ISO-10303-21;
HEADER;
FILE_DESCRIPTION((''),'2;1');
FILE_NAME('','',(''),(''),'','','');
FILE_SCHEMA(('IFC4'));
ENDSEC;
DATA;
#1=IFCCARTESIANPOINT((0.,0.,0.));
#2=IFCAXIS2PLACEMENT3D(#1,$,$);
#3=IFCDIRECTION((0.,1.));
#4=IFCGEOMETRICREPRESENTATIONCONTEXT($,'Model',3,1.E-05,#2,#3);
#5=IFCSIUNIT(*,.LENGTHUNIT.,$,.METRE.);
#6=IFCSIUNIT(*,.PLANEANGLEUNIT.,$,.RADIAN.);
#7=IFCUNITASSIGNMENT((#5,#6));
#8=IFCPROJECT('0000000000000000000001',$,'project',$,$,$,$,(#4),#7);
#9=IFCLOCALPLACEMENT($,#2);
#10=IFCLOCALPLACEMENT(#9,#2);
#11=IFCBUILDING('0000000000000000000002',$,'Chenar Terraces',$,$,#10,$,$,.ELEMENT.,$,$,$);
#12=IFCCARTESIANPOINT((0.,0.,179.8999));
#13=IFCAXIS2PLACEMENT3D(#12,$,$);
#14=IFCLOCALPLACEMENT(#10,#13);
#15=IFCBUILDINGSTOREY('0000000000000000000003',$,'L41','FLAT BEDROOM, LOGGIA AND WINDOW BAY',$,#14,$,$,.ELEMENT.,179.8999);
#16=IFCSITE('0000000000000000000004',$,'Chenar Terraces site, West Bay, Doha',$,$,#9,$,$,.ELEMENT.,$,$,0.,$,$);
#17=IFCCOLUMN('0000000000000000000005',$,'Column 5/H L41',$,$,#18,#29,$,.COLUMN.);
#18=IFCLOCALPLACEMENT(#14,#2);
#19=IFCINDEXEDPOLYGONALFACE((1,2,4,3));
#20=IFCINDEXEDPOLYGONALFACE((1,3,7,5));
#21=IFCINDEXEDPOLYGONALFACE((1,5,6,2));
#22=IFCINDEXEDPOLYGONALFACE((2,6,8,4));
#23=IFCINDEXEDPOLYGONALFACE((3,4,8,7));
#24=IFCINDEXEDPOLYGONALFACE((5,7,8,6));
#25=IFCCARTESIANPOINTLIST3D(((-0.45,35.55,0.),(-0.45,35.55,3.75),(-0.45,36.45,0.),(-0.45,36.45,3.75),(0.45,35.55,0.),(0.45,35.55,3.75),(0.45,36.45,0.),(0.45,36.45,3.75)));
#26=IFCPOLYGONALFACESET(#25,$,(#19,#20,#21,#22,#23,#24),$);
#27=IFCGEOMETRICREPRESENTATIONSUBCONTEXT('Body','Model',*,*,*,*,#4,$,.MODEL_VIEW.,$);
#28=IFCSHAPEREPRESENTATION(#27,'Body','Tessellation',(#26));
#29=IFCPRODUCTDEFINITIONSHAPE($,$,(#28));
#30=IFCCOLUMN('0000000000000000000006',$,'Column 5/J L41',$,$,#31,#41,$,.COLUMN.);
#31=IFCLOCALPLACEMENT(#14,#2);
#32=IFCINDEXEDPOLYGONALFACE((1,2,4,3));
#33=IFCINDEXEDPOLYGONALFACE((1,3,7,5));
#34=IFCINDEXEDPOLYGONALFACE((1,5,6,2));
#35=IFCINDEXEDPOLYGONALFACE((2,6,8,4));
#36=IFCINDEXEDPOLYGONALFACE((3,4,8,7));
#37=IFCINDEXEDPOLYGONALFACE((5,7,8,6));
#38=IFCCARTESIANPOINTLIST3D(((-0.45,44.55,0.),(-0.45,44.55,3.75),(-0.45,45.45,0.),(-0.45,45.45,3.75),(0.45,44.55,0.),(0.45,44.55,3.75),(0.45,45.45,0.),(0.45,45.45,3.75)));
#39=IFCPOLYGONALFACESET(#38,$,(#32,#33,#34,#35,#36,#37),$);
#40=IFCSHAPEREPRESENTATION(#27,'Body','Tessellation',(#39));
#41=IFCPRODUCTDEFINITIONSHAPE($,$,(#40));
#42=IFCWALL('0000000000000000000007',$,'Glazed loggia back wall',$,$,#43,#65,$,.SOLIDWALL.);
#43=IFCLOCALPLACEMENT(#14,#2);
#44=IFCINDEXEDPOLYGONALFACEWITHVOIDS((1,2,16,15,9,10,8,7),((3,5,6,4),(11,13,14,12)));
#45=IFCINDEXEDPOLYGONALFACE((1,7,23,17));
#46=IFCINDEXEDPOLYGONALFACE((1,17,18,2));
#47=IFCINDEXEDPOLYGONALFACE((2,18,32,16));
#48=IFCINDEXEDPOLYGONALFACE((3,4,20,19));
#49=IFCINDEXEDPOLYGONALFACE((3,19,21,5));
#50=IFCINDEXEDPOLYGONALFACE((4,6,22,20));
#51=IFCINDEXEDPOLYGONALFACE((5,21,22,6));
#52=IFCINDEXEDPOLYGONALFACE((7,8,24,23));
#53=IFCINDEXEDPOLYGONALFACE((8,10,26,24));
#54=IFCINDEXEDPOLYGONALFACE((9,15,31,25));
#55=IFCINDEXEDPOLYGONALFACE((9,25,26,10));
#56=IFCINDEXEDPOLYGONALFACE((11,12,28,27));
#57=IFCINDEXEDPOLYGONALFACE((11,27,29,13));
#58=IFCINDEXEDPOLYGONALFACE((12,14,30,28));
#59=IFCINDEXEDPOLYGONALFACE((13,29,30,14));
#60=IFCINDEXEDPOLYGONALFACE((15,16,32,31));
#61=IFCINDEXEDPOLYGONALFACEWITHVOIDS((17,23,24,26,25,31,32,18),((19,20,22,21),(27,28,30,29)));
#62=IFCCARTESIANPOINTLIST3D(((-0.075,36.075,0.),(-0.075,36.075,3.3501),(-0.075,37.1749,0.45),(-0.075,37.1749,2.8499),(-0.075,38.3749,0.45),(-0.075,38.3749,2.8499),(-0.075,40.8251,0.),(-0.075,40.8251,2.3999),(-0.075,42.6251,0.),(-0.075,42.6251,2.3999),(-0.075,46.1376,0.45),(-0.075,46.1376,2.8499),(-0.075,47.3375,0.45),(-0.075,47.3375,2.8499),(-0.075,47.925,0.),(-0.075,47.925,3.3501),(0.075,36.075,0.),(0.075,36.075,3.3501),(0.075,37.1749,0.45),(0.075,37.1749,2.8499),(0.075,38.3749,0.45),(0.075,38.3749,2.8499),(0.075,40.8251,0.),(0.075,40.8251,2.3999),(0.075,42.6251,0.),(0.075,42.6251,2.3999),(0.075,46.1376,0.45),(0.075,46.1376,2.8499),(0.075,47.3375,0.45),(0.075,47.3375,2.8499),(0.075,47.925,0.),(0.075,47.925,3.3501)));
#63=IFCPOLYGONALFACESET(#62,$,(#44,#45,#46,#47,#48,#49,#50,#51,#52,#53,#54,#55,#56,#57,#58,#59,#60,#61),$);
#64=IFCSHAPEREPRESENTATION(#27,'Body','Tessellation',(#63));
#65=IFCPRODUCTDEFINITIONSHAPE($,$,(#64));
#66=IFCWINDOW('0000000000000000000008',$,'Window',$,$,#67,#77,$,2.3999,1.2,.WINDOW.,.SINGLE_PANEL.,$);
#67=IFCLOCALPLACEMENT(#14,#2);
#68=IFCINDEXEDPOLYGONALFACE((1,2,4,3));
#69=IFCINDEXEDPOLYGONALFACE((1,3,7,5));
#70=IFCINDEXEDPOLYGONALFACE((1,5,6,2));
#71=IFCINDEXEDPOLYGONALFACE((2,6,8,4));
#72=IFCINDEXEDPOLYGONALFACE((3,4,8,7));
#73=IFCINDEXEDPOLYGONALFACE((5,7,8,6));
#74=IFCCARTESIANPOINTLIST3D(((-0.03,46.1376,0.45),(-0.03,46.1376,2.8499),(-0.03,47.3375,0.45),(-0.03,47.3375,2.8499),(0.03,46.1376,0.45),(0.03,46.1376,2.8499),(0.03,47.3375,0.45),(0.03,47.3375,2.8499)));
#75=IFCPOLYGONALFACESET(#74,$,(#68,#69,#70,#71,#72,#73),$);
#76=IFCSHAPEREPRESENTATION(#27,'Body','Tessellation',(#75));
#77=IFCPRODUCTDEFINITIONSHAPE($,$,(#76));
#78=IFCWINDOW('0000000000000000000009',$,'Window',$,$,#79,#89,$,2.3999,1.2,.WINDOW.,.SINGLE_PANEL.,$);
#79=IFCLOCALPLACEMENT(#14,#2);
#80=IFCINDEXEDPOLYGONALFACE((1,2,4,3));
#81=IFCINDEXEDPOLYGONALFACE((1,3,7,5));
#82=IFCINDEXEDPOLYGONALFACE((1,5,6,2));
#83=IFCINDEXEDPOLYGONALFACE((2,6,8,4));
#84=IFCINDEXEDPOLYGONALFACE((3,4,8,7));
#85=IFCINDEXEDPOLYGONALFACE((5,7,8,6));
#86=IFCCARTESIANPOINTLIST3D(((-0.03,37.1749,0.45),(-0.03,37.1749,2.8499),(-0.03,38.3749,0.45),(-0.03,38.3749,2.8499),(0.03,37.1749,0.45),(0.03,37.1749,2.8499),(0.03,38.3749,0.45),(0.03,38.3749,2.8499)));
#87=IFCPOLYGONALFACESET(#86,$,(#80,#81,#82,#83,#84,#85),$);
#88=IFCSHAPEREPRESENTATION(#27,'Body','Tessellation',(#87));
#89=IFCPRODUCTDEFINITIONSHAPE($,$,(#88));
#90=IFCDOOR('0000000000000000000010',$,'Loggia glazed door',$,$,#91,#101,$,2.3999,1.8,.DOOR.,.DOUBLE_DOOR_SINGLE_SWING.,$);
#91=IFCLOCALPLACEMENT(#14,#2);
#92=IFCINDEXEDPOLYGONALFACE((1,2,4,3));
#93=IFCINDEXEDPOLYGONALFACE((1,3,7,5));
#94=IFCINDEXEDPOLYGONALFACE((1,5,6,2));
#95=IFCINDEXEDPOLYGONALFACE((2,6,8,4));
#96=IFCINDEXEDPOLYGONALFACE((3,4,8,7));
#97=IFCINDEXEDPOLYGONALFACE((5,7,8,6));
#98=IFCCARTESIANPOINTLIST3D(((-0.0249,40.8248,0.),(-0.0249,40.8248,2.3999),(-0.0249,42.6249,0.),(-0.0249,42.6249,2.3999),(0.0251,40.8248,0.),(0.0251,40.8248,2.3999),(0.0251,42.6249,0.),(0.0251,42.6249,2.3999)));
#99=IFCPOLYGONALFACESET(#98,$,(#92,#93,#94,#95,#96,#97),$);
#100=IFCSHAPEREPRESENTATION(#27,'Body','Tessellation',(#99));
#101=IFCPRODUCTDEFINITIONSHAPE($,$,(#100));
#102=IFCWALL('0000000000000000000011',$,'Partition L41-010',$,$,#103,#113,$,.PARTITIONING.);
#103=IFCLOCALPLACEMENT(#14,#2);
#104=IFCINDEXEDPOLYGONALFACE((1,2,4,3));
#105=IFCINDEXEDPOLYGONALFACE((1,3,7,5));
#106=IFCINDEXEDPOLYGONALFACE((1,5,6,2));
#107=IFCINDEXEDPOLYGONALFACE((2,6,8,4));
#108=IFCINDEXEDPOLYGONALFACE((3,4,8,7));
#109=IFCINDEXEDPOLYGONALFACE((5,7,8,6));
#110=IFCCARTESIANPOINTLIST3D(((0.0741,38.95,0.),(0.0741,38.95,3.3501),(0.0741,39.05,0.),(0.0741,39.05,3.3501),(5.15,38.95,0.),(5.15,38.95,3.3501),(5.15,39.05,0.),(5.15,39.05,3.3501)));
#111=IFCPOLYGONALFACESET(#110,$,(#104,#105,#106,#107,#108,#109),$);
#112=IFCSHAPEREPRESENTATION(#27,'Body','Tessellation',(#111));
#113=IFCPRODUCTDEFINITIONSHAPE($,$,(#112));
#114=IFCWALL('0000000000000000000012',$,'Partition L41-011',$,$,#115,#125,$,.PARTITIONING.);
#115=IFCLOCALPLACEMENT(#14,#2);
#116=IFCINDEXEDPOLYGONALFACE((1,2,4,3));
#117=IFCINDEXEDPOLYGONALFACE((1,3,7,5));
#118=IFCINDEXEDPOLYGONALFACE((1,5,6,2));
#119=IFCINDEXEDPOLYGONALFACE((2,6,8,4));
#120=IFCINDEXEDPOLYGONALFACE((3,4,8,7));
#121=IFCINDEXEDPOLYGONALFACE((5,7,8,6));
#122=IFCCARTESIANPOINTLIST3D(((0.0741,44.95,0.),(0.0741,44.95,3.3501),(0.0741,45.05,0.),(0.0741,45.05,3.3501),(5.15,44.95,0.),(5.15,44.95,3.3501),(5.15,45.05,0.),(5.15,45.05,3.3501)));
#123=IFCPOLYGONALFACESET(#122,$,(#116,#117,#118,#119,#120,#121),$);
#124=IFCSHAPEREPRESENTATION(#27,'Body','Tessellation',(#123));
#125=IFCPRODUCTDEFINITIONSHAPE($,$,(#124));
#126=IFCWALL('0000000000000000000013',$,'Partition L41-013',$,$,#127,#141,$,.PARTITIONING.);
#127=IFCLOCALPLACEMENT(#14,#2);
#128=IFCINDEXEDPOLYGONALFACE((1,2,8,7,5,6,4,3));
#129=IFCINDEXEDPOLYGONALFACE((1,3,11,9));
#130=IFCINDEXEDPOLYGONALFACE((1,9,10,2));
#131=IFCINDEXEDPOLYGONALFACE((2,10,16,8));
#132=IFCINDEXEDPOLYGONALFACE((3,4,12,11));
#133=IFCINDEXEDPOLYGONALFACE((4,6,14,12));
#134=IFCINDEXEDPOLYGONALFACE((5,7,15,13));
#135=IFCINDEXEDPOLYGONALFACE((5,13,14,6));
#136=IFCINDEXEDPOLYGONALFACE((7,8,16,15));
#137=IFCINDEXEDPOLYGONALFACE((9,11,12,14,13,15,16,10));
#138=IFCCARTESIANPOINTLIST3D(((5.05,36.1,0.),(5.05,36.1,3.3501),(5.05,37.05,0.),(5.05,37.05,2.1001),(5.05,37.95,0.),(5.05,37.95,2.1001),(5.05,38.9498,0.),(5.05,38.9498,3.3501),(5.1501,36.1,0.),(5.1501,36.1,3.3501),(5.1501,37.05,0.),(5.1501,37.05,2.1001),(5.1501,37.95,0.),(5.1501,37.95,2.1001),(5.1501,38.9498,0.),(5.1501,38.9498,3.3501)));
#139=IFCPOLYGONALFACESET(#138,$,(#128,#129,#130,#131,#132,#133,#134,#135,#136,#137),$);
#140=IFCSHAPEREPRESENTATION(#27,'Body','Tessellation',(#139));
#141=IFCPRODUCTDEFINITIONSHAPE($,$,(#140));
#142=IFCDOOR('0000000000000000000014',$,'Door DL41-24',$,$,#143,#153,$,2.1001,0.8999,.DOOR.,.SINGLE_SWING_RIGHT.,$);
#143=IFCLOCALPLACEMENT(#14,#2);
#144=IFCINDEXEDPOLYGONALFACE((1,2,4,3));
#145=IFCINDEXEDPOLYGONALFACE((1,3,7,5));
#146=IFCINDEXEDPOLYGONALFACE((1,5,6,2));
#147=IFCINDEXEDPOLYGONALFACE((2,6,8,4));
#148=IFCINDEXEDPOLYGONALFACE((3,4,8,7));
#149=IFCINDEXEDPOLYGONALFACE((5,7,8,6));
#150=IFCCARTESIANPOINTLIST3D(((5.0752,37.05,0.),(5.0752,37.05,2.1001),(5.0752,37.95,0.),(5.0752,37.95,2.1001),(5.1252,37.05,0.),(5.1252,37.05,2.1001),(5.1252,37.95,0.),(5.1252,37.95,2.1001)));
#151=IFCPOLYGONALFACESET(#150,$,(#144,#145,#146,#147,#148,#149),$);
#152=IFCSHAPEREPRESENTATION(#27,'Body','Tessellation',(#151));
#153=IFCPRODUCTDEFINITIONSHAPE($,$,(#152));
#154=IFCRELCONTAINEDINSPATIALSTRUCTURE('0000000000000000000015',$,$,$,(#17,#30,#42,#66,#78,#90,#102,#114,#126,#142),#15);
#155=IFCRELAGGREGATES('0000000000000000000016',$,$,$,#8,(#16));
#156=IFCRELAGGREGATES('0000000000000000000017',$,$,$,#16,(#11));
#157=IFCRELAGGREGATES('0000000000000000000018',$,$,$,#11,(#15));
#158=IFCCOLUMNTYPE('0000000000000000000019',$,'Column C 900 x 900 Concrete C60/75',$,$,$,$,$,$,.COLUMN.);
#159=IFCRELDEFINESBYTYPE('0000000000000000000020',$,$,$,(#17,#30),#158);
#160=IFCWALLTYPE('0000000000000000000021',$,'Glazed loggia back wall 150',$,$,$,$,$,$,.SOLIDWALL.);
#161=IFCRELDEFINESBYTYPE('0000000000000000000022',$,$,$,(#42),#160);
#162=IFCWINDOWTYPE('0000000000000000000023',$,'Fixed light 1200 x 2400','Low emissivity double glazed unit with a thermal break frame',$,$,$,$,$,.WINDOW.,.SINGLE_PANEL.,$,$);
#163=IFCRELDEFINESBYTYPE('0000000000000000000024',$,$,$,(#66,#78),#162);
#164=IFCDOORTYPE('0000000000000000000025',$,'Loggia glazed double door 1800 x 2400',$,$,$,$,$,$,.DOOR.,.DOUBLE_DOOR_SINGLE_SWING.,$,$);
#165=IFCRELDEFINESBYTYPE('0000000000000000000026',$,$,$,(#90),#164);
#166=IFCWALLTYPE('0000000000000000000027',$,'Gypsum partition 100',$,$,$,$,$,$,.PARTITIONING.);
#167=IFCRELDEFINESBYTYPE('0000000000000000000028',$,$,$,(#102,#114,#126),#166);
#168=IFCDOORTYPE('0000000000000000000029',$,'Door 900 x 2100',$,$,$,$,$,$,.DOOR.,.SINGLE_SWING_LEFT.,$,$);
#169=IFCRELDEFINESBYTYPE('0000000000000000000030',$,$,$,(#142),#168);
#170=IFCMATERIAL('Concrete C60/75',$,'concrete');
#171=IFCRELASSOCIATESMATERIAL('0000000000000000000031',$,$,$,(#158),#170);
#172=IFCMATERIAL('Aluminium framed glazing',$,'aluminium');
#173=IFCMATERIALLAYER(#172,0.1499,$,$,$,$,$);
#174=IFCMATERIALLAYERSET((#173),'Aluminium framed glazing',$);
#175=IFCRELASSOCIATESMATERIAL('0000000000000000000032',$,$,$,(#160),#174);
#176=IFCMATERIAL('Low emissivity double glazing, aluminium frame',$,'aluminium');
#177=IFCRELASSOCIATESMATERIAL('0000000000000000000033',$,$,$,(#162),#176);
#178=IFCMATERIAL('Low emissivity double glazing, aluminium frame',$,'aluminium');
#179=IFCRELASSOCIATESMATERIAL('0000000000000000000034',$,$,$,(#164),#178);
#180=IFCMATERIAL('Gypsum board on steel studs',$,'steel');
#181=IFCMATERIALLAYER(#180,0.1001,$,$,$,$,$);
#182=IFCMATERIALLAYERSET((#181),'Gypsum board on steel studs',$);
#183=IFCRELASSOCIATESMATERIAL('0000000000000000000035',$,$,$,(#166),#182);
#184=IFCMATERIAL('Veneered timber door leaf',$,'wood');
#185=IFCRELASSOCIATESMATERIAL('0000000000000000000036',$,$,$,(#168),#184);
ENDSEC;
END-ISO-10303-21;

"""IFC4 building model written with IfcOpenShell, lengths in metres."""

from ifc_helpers import new_model, si_unit, direction, frame, frame_2d, origin, origin_2d, place, context, subcontext, project, spatial, rectangle, extrude, material, layer, layer_set, material_profile, profile_set, type_object, element, fill, save


model = new_model("IFC4")

# Units and contexts
model_context = context("Model", 3, precision=1e-05, world=origin(), true_north=direction((0.0, 1.0)))
body_context = subcontext(model_context, "Body", "Model", "MODEL_VIEW")
ifc_project = project(units=[si_unit("LENGTHUNIT", "METRE"), si_unit("PLANEANGLEUNIT", "RADIAN")], contexts=[model_context])

# Site, building, storey
site_placement = place(None, origin())
site = spatial("IfcSite", under=ifc_project, at=site_placement, Name="Chenar Terraces site, West Bay, Doha", CompositionType="ELEMENT", RefElevation=0.0)
building_placement = place(site_placement, origin())
building = spatial("IfcBuilding", under=site, at=building_placement, Name="Chenar Terraces", CompositionType="ELEMENT")
storey_placement = place(building_placement, frame((0.0, 0.0, 179.8999)))
storey = spatial("IfcBuildingStorey", under=building, at=storey_placement, Name="L41", Description="FLAT BEDROOM, LOGGIA AND WINDOW BAY", CompositionType="ELEMENT", Elevation=179.8999)

# Columns
ifc_material_1 = material(Name="Concrete C60/75", Category="concrete")
ifc_material_profile_1 = material_profile(ifc_material_1, rectangle(XDim=0.8999, YDim=0.8999, at=origin_2d()), Name="C 900 x 900")
ifc_profile_set_1 = profile_set([ifc_material_profile_1], Name="Concrete C60/75")
column_type = type_object("IfcColumnType", Name="Column C 900 x 900 Concrete C60/75", PredefinedType="COLUMN", material=ifc_profile_set_1)
placement = place(storey_placement, frame((0.0, 36.0, 0.0), z_axis=(0.0, 0.0, 1.0), x_axis=(1.0, 0.0, 0.0)))
element("IfcColumn", 1, at=placement, inside=storey, type_object=column_type, Name="Column 5/H L41", PredefinedType="COLUMN", context=body_context, shape_type="SweptSolid", body=[
    extrude(rectangle(XDim=0.8999, YDim=0.8999, at=origin_2d()), origin(), (0.0, 0.0, 1.0), 3.75),
])
column_1_placement = place(storey_placement, frame((0.0, 45.0, 0.0), z_axis=(0.0, 0.0, 1.0), x_axis=(1.0, 0.0, 0.0)))
element("IfcColumn", 2, at=column_1_placement, inside=storey, type_object=column_type, Name="Column 5/J L41", PredefinedType="COLUMN", context=body_context, shape_type="SweptSolid", body=[
    extrude(rectangle(XDim=0.8999, YDim=0.8999, at=origin_2d()), origin(), (0.0, 0.0, 1.0), 3.75),
])

# Wall, openings, windows, door
ifc_material_2 = material(Name="Aluminium framed glazing", Category="aluminium")
ifc_layer_1 = layer(ifc_material_2, 0.1499)
ifc_layer_set_1 = layer_set([ifc_layer_1], Name="Aluminium framed glazing")
wall_type_1 = type_object("IfcWallType", Name="Glazed loggia back wall 150", PredefinedType="SOLIDWALL", material=ifc_layer_set_1)
wall_1_placement = place(storey_placement, frame((0.0, 47.925, 0.0), z_axis=(0.0, 0.0, 1.0), x_axis=(0.0, -1.0, 0.0)))
wall_1 = element("IfcWall", 3, at=wall_1_placement, inside=storey, type_object=wall_type_1, Name="Glazed loggia back wall", PredefinedType="SOLIDWALL", context=body_context, shape_type="SweptSolid", body=[
    extrude(rectangle(XDim=11.8501, YDim=0.1499, at=frame_2d((5.925, 0.0))), origin(), (0.0, 0.0, 1.0), 3.3501),
])
opening_1_placement = place(wall_1_placement, frame((0.5874, 0.0, 0.45)))
opening_1 = element("IfcOpeningElement", 4, at=opening_1_placement, cuts=wall_1, PredefinedType="OPENING", context=body_context, shape_type="SweptSolid", body=[
    extrude(rectangle(XDim=1.2, YDim=2.3999, at=frame_2d((0.6001, 1.2))), frame((0.0, 0.085, 0.0), z_axis=(0.0, -1.0, 0.0), x_axis=(1.0, 0.0, 0.0)), (0.0, 0.0, 1.0), 0.1699),
])
opening_2_placement = place(wall_1_placement, frame((5.3, 0.0, 0.0)))
opening_2 = element("IfcOpeningElement", 5, at=opening_2_placement, cuts=wall_1, PredefinedType="OPENING", context=body_context, shape_type="SweptSolid", body=[
    extrude(rectangle(XDim=1.8, YDim=2.3999, at=frame_2d((0.8999, 1.2))), frame((0.0, 0.085, 0.0), z_axis=(0.0, -1.0, 0.0), x_axis=(1.0, 0.0, 0.0)), (0.0, 0.0, 1.0), 0.1699),
])
opening_3_placement = place(wall_1_placement, frame((9.55, 0.0, 0.45)))
opening_3 = element("IfcOpeningElement", 6, at=opening_3_placement, cuts=wall_1, PredefinedType="OPENING", context=body_context, shape_type="SweptSolid", body=[
    extrude(rectangle(XDim=1.2, YDim=2.3999, at=frame_2d((0.6001, 1.2))), frame((0.0, 0.085, 0.0), z_axis=(0.0, -1.0, 0.0), x_axis=(1.0, 0.0, 0.0)), (0.0, 0.0, 1.0), 0.1699),
])
ifc_material_3 = material(Name="Low emissivity double glazing, aluminium frame", Category="aluminium")
window_type = type_object("IfcWindowType", Name="Fixed light 1200 x 2400", Description="Low emissivity double glazed unit with a thermal break frame", PartitioningType="SINGLE_PANEL", PredefinedType="WINDOW", material=ifc_material_3)
window_1_placement = place(opening_1_placement, origin())
window_1 = element("IfcWindow", 7, at=window_1_placement, inside=storey, type_object=window_type, Name="Window", OverallHeight=2.3999, OverallWidth=1.2, PartitioningType="SINGLE_PANEL", PredefinedType="WINDOW", context=body_context, shape_type="SweptSolid", body=[
    extrude(rectangle(XDim=1.2, YDim=2.3999, at=frame_2d((0.6001, 1.2))), frame((0.0, 0.03, 0.0), z_axis=(0.0, -1.0, 0.0), x_axis=(1.0, 0.0, 0.0)), (0.0, 0.0, 1.0), 0.0601),
])
fill(opening_1, window_1)
window_2_placement = place(opening_3_placement, origin())
window_2 = element("IfcWindow", 8, at=window_2_placement, inside=storey, type_object=window_type, Name="Window", OverallHeight=2.3999, OverallWidth=1.2, PartitioningType="SINGLE_PANEL", PredefinedType="WINDOW", context=body_context, shape_type="SweptSolid", body=[
    extrude(rectangle(XDim=1.2, YDim=2.3999, at=frame_2d((0.6001, 1.2))), frame((0.0, 0.03, 0.0), z_axis=(0.0, -1.0, 0.0), x_axis=(1.0, 0.0, 0.0)), (0.0, 0.0, 1.0), 0.0601),
])
fill(opening_3, window_2)
ifc_material_4 = material(Name="Low emissivity double glazing, aluminium frame", Category="aluminium")
door_type_1 = type_object("IfcDoorType", Name="Loggia glazed double door 1800 x 2400", OperationType="DOUBLE_DOOR_SINGLE_SWING", PredefinedType="DOOR", material=ifc_material_4)
door_1_placement = place(opening_2_placement, frame((1.8, 0.0, 0.0), z_axis=(0.0, 0.0, 1.0), x_axis=(-1.0, 0.0, 0.0)))
door_1 = element("IfcDoor", 9, at=door_1_placement, inside=storey, type_object=door_type_1, Name="Loggia glazed door", OperationType="DOUBLE_DOOR_SINGLE_SWING", OverallHeight=2.3999, OverallWidth=1.8, PredefinedType="DOOR", context=body_context, shape_type="SweptSolid", body=[
    extrude(rectangle(XDim=1.8, YDim=2.3999, at=frame_2d((0.8999, 1.2))), frame((0.0, 0.0249, 0.0), z_axis=(0.0, -1.0, 0.0), x_axis=(1.0, 0.0, 0.0)), (0.0, 0.0, 1.0), 0.05),
])
fill(opening_2, door_1)

# Walls
ifc_material_5 = material(Name="Gypsum board on steel studs", Category="steel")
ifc_layer_2 = layer(ifc_material_5, 0.1001)
ifc_layer_set_2 = layer_set([ifc_layer_2], Name="Gypsum board on steel studs")
wall_type_2 = type_object("IfcWallType", Name="Gypsum partition 100", PredefinedType="PARTITIONING", material=ifc_layer_set_2)
for number, where, z_axis, x_axis, name in (
    (10, (0.074, 39.0, 0.0), (0.0, 0.0, 1.0), (1.0, 0.0, 0.0), "Partition L41-010"),
    (11, (0.074, 45.0, 0.0), (0.0, 0.0, 1.0), (1.0, 0.0, 0.0), "Partition L41-011"),
):
    element("IfcWall", number, at=place(storey_placement, frame(where, z_axis=z_axis, x_axis=x_axis)), inside=storey, type_object=wall_type_2, Name=name, PredefinedType="PARTITIONING", context=body_context, shape_type="SweptSolid", body=[
        extrude(rectangle(XDim=5.0759, YDim=0.1001, at=frame_2d((2.5381, 0.0))), origin(), (0.0, 0.0, 1.0), 3.3501),
    ])

# Wall, opening, door
wall_2_placement = place(storey_placement, frame((5.1001, 36.1001, 0.0), z_axis=(0.0, 0.0, 1.0), x_axis=(0.0, 1.0, 0.0)))
wall_2 = element("IfcWall", 12, at=wall_2_placement, inside=storey, type_object=wall_type_2, Name="Partition L41-013", PredefinedType="PARTITIONING", context=body_context, shape_type="SweptSolid", body=[
    extrude(rectangle(XDim=2.8499, YDim=0.1001, at=frame_2d((1.4248, 0.0))), origin(), (0.0, 0.0, 1.0), 3.3501),
])
opening_4_placement = place(wall_2_placement, frame((0.95, 0.0, 0.0)))
opening_4 = element("IfcOpeningElement", 13, at=opening_4_placement, cuts=wall_2, PredefinedType="OPENING", context=body_context, shape_type="SweptSolid", body=[
    extrude(rectangle(XDim=0.8999, YDim=2.1001, at=frame_2d((0.45, 1.05))), frame((0.0, 0.0601, 0.0), z_axis=(0.0, -1.0, 0.0), x_axis=(1.0, 0.0, 0.0)), (0.0, 0.0, 1.0), 0.1201),
])
ifc_material_6 = material(Name="Veneered timber door leaf", Category="wood")
door_type_2 = type_object("IfcDoorType", Name="Door 900 x 2100", OperationType="SINGLE_SWING_LEFT", PredefinedType="DOOR", material=ifc_material_6)
door_2_placement = place(opening_4_placement, origin())
door_2 = element("IfcDoor", 14, at=door_2_placement, inside=storey, type_object=door_type_2, Name="Door DL41-24", OperationType="SINGLE_SWING_RIGHT", OverallHeight=2.1001, OverallWidth=0.8999, PredefinedType="DOOR", context=body_context, shape_type="SweptSolid", body=[
    extrude(rectangle(XDim=0.8999, YDim=2.1001, at=frame_2d((0.45, 1.05))), frame((0.0, 0.0249, 0.0), z_axis=(0.0, -1.0, 0.0), x_axis=(1.0, 0.0, 0.0)), (0.0, 0.0, 1.0), 0.05),
])
fill(opening_4, door_2)

save(model, "model.ifc")
